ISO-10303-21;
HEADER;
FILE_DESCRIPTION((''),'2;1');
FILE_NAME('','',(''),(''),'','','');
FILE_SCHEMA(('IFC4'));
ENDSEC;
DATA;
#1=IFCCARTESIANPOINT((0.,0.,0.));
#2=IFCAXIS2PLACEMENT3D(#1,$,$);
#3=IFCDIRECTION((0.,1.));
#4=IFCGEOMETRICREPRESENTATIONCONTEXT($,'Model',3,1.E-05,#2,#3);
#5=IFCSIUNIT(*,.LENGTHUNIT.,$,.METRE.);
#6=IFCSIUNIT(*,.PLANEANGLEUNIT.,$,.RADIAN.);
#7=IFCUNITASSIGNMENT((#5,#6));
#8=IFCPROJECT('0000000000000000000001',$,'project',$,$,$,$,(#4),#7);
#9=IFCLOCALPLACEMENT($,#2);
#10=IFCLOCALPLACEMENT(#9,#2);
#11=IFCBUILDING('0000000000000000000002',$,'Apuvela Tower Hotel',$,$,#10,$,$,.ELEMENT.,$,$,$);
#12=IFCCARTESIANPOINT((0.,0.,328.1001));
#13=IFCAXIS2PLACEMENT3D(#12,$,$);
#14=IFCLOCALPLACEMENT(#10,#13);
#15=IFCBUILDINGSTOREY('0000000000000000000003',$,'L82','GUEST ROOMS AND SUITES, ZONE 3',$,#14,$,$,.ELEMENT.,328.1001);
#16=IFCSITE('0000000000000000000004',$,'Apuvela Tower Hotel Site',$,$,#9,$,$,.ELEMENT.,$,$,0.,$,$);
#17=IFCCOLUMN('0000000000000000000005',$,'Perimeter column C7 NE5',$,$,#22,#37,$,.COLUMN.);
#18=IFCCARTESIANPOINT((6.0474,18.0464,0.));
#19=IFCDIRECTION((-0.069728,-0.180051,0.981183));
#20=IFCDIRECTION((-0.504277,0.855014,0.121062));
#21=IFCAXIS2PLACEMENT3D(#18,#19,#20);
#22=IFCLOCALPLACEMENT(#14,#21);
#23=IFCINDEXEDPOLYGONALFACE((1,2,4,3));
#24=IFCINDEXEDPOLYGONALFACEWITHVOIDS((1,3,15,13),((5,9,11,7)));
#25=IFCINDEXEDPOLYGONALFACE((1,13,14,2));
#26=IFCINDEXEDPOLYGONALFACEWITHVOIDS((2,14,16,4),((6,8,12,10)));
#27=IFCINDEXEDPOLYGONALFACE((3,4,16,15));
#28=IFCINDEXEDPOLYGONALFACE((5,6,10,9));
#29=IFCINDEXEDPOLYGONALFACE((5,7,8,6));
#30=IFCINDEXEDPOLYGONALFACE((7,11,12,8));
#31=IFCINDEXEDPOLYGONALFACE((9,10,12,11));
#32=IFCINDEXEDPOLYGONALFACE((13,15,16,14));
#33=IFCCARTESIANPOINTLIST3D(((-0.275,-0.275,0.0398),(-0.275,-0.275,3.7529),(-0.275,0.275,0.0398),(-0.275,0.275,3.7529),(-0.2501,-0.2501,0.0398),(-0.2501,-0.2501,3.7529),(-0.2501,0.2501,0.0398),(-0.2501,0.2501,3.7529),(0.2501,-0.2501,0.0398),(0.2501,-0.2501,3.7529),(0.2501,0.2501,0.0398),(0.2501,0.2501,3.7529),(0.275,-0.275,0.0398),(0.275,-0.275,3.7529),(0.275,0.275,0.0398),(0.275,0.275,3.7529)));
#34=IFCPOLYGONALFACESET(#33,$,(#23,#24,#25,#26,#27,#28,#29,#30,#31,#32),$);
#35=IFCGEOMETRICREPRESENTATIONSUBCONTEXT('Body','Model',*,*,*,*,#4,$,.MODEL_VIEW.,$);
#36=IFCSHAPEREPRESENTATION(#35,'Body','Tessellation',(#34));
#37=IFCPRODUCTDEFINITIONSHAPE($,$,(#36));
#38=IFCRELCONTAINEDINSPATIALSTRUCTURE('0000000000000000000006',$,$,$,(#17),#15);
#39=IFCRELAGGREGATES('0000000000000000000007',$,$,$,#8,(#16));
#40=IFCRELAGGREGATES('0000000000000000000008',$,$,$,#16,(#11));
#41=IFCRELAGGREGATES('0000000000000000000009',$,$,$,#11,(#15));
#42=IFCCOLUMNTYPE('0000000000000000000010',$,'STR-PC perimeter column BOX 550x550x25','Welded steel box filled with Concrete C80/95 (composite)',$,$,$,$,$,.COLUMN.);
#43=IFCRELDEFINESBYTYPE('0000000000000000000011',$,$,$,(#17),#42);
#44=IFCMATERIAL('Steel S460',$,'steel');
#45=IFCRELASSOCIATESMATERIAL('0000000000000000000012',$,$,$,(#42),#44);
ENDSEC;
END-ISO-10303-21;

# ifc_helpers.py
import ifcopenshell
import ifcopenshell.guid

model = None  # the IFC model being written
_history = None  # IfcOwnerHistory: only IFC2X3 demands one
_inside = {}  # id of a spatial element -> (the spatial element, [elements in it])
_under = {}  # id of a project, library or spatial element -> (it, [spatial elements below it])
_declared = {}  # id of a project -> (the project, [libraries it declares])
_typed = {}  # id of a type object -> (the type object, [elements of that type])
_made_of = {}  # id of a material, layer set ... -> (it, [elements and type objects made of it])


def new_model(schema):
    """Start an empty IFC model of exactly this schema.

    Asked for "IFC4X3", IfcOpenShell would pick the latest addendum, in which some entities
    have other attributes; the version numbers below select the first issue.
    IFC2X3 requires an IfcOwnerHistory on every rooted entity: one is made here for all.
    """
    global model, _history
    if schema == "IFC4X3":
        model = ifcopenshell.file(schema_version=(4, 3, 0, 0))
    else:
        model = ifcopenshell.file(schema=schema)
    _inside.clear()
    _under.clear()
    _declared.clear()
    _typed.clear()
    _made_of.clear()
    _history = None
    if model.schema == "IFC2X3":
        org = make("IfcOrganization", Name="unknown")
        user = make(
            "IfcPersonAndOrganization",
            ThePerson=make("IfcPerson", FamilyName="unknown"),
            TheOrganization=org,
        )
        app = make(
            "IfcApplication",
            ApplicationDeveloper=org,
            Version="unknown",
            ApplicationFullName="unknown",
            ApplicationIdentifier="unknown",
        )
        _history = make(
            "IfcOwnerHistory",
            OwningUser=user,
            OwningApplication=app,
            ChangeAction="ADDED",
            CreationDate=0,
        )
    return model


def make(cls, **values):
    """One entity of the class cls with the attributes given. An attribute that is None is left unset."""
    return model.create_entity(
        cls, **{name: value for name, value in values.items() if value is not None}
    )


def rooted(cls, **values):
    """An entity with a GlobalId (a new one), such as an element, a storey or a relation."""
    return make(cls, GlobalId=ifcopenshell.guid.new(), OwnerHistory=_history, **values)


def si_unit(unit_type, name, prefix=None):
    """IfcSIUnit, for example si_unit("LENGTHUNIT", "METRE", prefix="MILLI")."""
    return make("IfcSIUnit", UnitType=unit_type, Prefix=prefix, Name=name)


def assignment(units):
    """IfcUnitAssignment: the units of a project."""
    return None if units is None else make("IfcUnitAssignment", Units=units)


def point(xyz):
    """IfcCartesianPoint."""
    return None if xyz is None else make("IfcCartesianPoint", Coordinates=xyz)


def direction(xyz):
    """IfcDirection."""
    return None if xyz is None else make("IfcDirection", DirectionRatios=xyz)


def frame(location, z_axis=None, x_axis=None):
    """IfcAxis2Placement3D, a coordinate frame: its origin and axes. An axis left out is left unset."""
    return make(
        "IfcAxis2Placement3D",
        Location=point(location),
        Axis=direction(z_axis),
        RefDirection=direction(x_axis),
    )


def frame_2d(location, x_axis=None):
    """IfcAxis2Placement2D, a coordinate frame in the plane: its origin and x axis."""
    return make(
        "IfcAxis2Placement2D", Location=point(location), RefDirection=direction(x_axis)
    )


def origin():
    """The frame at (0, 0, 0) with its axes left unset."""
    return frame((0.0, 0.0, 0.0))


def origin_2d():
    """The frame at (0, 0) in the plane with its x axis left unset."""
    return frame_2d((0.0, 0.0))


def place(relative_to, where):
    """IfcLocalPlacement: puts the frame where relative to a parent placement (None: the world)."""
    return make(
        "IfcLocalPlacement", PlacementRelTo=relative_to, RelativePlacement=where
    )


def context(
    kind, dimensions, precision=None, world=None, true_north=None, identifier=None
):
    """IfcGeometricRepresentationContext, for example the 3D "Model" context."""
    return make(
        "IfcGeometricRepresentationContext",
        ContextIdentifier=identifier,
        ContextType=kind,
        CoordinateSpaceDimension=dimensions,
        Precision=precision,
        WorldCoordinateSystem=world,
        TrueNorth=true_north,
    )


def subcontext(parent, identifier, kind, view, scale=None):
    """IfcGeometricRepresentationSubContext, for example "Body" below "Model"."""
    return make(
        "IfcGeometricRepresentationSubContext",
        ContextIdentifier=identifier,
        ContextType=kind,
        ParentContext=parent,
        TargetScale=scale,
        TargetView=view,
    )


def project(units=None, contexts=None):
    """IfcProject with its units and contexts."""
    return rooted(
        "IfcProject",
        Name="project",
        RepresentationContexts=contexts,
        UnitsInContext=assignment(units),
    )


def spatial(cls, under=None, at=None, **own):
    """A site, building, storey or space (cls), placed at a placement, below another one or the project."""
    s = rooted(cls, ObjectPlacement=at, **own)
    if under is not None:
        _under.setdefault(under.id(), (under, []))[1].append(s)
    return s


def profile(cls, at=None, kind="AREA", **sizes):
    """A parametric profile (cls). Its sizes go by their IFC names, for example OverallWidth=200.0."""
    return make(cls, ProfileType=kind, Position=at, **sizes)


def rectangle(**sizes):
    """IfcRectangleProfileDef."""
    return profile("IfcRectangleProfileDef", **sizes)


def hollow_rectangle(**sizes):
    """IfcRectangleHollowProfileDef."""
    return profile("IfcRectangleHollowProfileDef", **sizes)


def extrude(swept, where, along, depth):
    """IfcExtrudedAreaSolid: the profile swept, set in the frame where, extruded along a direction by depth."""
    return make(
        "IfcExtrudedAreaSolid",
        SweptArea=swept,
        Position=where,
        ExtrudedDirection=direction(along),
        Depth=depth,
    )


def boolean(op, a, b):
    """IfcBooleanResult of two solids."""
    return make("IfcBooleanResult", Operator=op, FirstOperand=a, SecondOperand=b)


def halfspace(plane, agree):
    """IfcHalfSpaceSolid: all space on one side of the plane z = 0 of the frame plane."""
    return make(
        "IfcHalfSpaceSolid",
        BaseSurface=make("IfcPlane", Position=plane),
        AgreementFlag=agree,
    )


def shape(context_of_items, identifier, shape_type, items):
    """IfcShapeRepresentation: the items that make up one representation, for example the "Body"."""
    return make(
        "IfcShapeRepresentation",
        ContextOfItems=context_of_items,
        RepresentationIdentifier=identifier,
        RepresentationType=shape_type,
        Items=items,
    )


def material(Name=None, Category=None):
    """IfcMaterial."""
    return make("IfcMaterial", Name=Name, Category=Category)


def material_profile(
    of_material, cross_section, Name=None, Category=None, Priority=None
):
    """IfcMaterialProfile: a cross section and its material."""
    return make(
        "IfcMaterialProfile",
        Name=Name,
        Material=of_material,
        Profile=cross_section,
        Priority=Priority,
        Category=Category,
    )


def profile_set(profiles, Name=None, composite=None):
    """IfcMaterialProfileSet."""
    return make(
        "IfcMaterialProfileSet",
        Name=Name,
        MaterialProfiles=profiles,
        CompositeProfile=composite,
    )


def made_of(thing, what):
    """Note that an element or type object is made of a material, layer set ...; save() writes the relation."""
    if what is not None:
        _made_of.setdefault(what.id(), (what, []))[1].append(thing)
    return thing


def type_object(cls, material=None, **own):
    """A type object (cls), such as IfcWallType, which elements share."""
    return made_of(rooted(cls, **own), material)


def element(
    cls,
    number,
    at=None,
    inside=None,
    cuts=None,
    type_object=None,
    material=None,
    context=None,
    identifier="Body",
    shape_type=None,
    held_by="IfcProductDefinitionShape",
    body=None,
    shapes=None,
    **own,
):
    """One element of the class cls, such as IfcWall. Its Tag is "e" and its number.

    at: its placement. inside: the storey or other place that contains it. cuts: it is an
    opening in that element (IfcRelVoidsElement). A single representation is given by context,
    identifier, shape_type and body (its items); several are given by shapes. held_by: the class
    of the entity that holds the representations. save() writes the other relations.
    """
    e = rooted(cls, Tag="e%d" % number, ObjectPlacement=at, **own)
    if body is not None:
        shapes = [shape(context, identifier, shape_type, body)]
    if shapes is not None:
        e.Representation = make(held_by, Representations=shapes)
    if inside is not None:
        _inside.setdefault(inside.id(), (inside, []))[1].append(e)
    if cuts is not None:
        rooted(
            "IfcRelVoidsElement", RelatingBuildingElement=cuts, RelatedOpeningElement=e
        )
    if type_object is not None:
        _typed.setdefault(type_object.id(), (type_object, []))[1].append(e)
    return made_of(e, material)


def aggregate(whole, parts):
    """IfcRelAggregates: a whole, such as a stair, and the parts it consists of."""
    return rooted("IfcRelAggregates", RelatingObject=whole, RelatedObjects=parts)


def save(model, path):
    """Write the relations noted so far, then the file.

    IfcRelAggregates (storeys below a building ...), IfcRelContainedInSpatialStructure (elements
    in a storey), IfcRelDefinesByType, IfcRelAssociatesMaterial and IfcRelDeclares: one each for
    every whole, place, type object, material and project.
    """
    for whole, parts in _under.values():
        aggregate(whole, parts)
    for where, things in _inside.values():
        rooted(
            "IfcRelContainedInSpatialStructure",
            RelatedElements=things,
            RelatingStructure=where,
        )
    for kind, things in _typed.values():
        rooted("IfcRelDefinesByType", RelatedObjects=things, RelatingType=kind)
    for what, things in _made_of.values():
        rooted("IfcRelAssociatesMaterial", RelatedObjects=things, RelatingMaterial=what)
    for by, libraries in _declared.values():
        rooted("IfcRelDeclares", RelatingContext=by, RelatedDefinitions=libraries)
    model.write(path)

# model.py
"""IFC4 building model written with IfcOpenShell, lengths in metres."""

from ifc_helpers import new_model, si_unit, direction, frame, origin, origin_2d, place, context, subcontext, project, spatial, rectangle, hollow_rectangle, extrude, boolean, halfspace, material, material_profile, profile_set, type_object, element, save


model = new_model("IFC4")

# Units and contexts
model_context = context("Model", 3, precision=1e-05, world=origin(), true_north=direction((0.0, 1.0)))
body_context = subcontext(model_context, "Body", "Model", "MODEL_VIEW")
ifc_project = project(units=[si_unit("LENGTHUNIT", "METRE"), si_unit("PLANEANGLEUNIT", "RADIAN")], contexts=[model_context])

# Site, building, storey
site_placement = place(None, origin())
site = spatial("IfcSite", under=ifc_project, at=site_placement, Name="Apuvela Tower Hotel Site", CompositionType="ELEMENT", RefElevation=0.0)
building_placement = place(site_placement, origin())
building = spatial("IfcBuilding", under=site, at=building_placement, Name="Apuvela Tower Hotel", CompositionType="ELEMENT")
storey_placement = place(building_placement, frame((0.0, 0.0, 328.1001)))
storey = spatial("IfcBuildingStorey", under=building, at=storey_placement, Name="L82", Description="GUEST ROOMS AND SUITES, ZONE 3", CompositionType="ELEMENT", Elevation=328.1001)

# Column
ifc_material_1 = material(Name="Steel S460", Category="steel")
ifc_material_profile_1 = material_profile(ifc_material_1, hollow_rectangle(XDim=0.55, YDim=0.55, WallThickness=0.0249, at=origin_2d()), Name="BOX 550x550x25")
ifc_material_2 = material(Name="Concrete C80/95", Category="concrete")
ifc_material_profile_2 = material_profile(ifc_material_2, rectangle(XDim=0.5, YDim=0.5, at=origin_2d()), Name="Concrete C80/95 infill")
ifc_profile_set_1 = profile_set([ifc_material_profile_1, ifc_material_profile_2], Name="Steel S460")
column_type = type_object("IfcColumnType", Name="STR-PC perimeter column BOX 550x550x25", Description="Welded steel box filled with Concrete C80/95 (composite)", PredefinedType="COLUMN", material=ifc_profile_set_1)
column_placement = place(storey_placement, frame((6.0474, 18.0464, 0.0), z_axis=(-0.069728, -0.180051, 0.981183), x_axis=(-0.504277, 0.855014, 0.121062)))
element("IfcColumn", 1, at=column_placement, inside=storey, type_object=column_type, Name="Perimeter column C7 NE5", PredefinedType="COLUMN", context=body_context, shape_type="SweptSolid", body=[
    boolean("DIFFERENCE", boolean("DIFFERENCE", extrude(hollow_rectangle(XDim=0.55, YDim=0.55, WallThickness=0.0249, at=origin_2d()), origin(), (0.0, 0.0, 1.0), 3.771), halfspace(frame((0.0, 0.0, 0.0398), z_axis=(0.0, 0.0, 1.0), x_axis=(1.0, 0.0, 0.0)), True)), halfspace(frame((0.0, 0.0, 3.7529), z_axis=(0.0, 0.0, 1.0), x_axis=(1.0, 0.0, 0.0)), False)),
])

save(model, "model.ifc")
